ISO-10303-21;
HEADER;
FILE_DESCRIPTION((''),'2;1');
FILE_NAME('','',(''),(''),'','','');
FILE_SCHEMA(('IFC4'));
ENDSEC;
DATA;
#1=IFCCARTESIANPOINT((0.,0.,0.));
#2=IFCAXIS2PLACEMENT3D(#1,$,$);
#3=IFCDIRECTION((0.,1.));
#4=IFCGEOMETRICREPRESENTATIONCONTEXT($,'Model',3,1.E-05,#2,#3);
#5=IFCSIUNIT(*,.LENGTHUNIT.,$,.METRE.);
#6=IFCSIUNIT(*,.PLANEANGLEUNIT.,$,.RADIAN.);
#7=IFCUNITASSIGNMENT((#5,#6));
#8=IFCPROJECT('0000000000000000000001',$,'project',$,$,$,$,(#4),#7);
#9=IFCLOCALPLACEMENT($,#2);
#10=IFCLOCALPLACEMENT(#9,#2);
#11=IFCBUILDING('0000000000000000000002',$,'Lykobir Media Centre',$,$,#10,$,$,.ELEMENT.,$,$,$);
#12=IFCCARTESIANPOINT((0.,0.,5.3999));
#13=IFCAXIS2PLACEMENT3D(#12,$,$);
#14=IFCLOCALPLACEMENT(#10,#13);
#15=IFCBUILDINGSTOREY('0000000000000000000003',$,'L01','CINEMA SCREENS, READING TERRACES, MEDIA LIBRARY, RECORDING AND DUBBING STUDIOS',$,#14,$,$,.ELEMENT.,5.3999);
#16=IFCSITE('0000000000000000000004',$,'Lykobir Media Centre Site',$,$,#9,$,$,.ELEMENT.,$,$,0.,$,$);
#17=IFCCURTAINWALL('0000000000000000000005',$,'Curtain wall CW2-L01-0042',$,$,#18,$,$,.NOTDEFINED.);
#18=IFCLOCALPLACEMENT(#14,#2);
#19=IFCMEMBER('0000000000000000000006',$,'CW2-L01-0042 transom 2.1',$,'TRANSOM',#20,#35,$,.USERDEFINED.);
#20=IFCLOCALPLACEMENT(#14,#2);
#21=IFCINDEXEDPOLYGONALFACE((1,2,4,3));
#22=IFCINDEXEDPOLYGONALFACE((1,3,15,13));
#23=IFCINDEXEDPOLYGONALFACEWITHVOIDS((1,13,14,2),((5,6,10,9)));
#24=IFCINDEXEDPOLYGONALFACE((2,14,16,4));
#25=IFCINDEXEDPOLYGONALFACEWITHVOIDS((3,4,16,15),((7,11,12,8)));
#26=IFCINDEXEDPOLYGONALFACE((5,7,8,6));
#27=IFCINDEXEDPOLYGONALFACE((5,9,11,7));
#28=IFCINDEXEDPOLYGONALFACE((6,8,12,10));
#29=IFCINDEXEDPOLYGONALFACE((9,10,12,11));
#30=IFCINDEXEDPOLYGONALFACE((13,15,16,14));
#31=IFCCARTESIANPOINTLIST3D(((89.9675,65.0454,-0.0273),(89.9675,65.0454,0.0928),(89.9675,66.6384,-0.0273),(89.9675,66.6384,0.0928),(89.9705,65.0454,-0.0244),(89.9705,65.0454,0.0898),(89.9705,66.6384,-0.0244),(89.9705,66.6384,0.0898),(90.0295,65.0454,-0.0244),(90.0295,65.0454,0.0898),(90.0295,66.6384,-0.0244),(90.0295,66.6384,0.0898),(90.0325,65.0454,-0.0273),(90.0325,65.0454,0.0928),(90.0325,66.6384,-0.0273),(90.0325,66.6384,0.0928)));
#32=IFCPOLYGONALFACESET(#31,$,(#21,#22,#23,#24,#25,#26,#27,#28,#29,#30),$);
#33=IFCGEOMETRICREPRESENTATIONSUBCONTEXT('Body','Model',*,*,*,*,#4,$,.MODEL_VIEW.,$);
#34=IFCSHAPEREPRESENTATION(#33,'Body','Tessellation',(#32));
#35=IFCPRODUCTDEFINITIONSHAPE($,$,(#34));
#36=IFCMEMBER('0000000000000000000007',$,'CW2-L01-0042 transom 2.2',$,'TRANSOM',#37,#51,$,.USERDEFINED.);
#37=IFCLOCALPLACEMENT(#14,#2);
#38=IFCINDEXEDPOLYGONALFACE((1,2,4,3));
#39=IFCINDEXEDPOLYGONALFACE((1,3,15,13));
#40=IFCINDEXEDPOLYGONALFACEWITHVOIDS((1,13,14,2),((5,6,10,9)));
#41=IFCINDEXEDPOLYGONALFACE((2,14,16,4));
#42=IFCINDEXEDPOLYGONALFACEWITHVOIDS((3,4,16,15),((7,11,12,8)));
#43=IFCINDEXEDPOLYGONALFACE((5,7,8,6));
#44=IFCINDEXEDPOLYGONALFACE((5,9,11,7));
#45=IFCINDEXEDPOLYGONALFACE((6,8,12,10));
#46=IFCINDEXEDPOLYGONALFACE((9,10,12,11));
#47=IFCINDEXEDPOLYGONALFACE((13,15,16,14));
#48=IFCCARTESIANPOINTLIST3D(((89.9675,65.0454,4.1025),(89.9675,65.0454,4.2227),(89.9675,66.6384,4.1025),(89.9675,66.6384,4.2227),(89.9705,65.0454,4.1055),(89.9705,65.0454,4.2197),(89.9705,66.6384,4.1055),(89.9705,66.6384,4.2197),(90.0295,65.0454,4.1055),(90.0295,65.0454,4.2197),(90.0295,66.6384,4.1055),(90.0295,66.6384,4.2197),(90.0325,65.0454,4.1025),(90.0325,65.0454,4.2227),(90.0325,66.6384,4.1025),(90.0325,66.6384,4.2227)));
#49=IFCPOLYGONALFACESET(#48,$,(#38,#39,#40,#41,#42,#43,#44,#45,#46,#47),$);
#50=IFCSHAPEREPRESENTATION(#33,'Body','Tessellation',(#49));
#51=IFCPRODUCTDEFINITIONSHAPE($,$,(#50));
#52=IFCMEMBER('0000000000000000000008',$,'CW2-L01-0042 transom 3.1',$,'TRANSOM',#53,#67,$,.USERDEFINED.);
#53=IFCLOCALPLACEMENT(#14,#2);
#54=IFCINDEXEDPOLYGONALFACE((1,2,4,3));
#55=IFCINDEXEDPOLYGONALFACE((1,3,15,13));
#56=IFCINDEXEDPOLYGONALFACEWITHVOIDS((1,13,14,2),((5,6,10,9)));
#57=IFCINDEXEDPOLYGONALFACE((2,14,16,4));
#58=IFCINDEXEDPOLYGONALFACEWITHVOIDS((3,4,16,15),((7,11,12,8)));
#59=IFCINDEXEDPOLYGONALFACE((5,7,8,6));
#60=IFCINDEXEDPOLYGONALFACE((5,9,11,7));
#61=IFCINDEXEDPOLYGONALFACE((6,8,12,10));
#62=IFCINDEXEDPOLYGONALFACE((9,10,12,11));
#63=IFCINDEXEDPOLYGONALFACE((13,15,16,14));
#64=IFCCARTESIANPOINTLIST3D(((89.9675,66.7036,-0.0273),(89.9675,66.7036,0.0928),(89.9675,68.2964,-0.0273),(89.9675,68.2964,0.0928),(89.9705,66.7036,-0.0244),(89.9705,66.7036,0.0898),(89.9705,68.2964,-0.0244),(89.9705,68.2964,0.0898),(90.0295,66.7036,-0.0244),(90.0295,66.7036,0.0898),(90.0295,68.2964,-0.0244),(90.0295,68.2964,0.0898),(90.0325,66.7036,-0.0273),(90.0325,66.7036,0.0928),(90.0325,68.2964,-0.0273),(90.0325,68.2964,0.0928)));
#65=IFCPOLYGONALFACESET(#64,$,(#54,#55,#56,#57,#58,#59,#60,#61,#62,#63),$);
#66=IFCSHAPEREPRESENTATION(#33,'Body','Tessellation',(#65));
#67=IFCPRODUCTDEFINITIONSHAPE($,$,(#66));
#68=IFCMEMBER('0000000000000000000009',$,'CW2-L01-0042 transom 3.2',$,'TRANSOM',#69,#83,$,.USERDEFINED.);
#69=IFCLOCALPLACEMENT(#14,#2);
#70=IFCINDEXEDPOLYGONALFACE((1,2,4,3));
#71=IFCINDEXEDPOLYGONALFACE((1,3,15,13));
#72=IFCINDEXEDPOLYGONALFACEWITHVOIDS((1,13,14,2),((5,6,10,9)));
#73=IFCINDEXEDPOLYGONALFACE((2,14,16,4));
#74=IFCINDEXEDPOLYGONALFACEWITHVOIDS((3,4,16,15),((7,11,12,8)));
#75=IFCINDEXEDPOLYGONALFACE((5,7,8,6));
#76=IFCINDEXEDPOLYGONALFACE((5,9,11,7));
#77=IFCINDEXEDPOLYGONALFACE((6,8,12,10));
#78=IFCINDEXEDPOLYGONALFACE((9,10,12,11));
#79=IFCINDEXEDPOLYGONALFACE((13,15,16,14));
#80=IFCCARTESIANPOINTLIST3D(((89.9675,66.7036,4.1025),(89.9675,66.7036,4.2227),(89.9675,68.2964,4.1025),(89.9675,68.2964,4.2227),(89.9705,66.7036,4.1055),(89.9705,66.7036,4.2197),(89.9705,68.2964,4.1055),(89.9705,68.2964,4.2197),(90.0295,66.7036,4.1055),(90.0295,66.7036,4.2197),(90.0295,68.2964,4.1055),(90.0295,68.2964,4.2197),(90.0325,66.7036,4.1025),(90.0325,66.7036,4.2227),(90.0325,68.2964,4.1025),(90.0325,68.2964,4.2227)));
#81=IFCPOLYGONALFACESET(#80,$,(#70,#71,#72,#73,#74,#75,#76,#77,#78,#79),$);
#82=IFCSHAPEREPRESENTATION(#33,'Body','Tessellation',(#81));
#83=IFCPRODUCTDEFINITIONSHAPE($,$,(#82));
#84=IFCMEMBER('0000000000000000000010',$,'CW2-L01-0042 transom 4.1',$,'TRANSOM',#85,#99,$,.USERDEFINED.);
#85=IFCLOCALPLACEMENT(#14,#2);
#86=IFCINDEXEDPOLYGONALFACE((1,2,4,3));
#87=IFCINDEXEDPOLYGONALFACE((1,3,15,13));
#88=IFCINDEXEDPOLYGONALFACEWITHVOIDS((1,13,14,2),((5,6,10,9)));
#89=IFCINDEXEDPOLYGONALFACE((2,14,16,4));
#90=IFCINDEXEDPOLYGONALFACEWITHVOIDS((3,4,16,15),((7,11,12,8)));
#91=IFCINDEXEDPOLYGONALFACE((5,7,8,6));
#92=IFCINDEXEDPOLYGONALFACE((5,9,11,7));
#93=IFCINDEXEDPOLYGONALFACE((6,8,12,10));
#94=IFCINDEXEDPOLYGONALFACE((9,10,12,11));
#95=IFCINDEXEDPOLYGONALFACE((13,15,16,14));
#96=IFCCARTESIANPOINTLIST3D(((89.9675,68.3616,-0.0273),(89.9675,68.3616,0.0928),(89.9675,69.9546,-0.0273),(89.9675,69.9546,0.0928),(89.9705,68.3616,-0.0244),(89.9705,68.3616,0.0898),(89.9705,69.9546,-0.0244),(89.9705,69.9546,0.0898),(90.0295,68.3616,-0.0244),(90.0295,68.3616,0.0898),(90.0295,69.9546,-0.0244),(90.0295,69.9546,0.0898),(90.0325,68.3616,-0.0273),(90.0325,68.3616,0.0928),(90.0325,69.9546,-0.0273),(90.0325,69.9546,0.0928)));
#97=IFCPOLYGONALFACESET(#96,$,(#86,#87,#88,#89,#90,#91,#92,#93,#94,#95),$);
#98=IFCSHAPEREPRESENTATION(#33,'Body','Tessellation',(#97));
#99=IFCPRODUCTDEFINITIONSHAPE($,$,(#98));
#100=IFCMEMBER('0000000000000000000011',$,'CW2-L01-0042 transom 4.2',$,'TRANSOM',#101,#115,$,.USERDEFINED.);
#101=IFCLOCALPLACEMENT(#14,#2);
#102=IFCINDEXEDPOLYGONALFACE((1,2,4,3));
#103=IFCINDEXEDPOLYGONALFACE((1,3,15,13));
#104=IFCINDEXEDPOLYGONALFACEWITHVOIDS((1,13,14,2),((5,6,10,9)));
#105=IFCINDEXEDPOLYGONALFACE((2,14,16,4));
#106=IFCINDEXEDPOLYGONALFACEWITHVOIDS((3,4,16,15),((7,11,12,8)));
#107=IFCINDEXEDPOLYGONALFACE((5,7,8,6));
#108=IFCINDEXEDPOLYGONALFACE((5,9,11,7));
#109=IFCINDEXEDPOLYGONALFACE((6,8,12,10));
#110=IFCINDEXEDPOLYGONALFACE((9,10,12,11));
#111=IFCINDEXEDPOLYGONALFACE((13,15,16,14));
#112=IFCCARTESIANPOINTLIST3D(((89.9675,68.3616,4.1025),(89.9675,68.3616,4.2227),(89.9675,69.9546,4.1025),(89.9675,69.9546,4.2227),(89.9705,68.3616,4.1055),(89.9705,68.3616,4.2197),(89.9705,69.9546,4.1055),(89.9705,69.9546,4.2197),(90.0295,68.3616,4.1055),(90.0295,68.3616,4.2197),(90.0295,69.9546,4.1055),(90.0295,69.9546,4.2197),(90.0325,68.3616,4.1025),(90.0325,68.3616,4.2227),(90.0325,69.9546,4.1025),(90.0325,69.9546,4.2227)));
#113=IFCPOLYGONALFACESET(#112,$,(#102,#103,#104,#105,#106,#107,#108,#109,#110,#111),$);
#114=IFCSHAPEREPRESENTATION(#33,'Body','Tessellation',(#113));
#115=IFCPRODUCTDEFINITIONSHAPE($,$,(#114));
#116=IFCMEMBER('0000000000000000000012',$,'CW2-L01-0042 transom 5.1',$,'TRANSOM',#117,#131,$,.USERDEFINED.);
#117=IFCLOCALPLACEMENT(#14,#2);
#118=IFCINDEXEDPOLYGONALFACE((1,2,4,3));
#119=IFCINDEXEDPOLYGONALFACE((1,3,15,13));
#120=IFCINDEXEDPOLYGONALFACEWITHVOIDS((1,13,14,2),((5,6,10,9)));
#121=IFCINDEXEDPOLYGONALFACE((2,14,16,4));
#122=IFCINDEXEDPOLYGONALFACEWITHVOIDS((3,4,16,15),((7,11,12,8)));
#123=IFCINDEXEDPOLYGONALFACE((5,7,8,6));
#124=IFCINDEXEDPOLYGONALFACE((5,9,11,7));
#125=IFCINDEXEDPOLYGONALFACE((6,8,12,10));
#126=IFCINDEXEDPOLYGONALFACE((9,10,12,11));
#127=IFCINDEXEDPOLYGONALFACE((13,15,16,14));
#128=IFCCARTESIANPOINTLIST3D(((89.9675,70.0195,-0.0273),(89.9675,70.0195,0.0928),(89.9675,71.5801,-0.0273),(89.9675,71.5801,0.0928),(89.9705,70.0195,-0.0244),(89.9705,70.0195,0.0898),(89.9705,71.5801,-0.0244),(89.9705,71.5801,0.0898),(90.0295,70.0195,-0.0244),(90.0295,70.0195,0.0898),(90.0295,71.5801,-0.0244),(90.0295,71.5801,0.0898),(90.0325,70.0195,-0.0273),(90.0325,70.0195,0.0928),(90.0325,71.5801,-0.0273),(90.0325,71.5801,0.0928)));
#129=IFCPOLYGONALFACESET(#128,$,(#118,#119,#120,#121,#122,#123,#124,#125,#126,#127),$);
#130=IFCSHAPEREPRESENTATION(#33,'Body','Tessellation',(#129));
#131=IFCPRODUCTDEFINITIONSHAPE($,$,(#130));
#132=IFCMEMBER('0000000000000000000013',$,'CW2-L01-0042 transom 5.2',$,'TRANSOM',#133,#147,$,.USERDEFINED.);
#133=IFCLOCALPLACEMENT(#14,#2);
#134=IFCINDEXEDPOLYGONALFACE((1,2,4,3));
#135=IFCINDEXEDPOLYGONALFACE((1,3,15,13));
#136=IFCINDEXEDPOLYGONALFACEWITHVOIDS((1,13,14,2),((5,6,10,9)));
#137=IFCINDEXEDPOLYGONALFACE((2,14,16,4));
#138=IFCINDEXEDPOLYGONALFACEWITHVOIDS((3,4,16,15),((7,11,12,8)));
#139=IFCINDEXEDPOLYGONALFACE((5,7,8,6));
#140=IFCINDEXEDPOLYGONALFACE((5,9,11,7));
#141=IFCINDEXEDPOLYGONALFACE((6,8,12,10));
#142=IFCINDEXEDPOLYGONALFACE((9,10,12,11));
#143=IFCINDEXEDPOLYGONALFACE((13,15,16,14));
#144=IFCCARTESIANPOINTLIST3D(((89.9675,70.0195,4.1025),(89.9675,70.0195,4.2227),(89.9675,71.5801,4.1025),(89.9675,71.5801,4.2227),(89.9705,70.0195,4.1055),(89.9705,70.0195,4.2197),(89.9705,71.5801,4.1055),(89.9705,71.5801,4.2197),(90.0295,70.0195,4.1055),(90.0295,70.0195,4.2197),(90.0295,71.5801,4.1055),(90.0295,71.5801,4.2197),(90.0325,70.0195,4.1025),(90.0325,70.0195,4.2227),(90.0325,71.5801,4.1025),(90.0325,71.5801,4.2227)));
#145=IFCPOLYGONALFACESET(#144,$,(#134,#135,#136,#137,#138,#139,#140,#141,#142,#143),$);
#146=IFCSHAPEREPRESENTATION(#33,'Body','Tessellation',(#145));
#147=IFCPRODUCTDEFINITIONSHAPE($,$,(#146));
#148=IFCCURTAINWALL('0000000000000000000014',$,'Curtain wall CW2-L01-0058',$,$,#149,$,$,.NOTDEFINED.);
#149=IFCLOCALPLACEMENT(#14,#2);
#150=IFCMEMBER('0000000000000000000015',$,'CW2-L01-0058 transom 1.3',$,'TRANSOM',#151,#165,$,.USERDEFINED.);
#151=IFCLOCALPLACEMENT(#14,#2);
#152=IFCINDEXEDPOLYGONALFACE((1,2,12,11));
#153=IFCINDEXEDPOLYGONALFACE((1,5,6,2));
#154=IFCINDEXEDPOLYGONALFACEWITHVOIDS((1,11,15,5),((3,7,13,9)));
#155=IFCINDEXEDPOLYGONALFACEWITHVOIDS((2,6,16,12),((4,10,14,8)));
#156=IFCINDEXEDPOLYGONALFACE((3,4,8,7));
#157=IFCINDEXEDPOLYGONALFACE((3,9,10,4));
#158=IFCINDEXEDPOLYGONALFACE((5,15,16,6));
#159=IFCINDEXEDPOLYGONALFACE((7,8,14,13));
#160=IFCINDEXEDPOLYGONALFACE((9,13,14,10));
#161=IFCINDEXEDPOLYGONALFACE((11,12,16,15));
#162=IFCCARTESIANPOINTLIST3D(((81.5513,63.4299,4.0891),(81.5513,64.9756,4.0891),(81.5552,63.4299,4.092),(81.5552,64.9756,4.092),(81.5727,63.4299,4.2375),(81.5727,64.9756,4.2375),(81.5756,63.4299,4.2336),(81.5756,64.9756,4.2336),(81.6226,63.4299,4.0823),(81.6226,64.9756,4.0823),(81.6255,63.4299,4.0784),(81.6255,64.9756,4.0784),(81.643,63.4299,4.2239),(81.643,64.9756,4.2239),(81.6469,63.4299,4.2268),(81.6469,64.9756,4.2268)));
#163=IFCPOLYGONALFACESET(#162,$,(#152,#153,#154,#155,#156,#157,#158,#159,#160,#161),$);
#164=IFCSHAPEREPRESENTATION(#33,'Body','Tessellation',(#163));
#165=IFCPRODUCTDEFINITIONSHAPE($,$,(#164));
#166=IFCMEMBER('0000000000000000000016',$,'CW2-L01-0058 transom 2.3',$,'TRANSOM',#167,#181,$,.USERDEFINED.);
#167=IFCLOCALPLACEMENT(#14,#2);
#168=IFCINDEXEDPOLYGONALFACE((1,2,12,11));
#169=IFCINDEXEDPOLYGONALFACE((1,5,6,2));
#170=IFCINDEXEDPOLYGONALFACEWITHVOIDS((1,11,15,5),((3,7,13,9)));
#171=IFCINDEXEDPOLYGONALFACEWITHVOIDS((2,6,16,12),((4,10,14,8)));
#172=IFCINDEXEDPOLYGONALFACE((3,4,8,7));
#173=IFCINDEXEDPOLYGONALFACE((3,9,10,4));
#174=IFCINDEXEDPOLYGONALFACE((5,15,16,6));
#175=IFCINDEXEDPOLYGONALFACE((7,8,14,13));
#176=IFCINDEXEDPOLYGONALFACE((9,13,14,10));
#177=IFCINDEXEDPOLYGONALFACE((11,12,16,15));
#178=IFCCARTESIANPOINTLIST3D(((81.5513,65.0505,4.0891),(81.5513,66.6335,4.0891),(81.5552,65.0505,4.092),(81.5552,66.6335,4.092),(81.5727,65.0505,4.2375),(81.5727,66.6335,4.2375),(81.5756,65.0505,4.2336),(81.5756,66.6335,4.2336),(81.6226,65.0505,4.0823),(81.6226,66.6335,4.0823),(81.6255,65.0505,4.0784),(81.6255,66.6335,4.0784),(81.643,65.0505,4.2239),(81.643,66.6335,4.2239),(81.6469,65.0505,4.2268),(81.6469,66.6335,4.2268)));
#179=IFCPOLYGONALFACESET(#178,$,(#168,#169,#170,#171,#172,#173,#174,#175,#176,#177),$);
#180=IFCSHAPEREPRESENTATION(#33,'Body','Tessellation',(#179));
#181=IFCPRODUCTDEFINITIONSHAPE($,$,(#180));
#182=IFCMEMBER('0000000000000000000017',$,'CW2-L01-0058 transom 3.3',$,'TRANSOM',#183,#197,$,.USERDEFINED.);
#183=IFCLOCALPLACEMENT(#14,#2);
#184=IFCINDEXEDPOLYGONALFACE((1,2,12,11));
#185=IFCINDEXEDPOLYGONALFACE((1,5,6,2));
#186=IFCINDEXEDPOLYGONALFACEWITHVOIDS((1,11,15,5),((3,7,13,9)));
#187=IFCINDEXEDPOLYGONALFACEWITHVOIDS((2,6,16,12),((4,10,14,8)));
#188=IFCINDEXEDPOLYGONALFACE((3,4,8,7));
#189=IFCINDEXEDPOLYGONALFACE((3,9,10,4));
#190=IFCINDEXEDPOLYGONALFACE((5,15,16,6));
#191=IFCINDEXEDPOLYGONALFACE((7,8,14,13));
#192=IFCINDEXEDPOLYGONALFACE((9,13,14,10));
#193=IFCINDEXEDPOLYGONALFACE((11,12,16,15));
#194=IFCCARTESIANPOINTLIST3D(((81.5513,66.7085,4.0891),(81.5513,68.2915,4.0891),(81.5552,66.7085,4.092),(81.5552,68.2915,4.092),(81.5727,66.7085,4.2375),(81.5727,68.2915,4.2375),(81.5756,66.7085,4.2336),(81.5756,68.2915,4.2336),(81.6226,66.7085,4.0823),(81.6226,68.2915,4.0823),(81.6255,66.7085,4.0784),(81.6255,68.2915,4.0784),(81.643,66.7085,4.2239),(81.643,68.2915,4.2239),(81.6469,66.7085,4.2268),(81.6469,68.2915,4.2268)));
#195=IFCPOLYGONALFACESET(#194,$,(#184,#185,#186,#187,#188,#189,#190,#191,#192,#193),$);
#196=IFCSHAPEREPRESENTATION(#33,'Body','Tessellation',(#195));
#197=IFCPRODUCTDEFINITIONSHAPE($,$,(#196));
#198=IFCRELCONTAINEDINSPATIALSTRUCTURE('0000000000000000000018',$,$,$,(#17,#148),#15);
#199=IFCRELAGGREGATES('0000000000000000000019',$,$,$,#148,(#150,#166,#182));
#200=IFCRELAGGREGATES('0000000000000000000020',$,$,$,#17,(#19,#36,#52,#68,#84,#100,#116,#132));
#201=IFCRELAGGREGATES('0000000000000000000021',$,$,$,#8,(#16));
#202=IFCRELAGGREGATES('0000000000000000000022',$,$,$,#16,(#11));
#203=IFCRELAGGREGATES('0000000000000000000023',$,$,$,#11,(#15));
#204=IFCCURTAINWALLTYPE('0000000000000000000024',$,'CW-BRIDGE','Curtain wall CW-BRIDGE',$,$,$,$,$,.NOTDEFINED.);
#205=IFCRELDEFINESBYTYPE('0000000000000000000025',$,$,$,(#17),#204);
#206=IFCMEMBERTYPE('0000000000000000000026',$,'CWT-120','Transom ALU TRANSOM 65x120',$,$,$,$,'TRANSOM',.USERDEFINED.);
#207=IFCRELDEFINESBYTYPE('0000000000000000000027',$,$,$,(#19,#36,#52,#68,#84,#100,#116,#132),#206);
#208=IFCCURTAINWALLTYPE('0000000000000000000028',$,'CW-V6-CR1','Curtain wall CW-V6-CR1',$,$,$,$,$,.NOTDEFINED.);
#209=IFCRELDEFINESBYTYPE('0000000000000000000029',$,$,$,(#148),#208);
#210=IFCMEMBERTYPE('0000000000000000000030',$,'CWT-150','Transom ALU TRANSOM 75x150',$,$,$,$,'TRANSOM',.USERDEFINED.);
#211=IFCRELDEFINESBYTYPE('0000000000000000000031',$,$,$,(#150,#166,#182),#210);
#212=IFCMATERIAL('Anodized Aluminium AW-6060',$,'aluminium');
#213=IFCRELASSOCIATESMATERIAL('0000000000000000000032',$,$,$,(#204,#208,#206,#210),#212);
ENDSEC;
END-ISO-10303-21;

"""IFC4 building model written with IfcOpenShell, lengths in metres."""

from ifc_helpers import new_model, si_unit, direction, frame, origin, origin_2d, place, context, subcontext, project, spatial, hollow_rectangle, extrude, material, material_profile, profile_set, type_object, element, aggregate, save


model = new_model("IFC4")

# Units and contexts
model_context = context("Model", 3, precision=1e-05, world=origin(), true_north=direction((0.0, 1.0)))
body_context = subcontext(model_context, "Body", "Model", "MODEL_VIEW")
ifc_project = project(units=[si_unit("LENGTHUNIT", "METRE"), si_unit("PLANEANGLEUNIT", "RADIAN")], contexts=[model_context])

# Site, building, storey
site_placement = place(None, origin())
site = spatial("IfcSite", under=ifc_project, at=site_placement, Name="Lykobir Media Centre Site", CompositionType="ELEMENT", RefElevation=0.0)
building_placement = place(site_placement, origin())
building = spatial("IfcBuilding", under=site, at=building_placement, Name="Lykobir Media Centre", CompositionType="ELEMENT")
storey_placement = place(building_placement, frame((0.0, 0.0, 5.3999)))
storey = spatial("IfcBuildingStorey", under=building, at=storey_placement, Name="L01", Description="CINEMA SCREENS, READING TERRACES, MEDIA LIBRARY, RECORDING AND DUBBING STUDIOS", CompositionType="ELEMENT", Elevation=5.3999)

# Shared definitions
ifc_material_1 = material(Name="Anodized Aluminium AW-6060", Category="aluminium")
curtain_wall_type_1 = type_object("IfcCurtainWallType", Name="CW-BRIDGE", Description="Curtain wall CW-BRIDGE", PredefinedType="NOTDEFINED", material=ifc_material_1)

# Curtain walls, members
curtain_wall_1_placement = place(storey_placement, origin())
curtain_wall_1 = element("IfcCurtainWall", 1, at=curtain_wall_1_placement, inside=storey, type_object=curtain_wall_type_1, Name="Curtain wall CW2-L01-0042", PredefinedType="NOTDEFINED")
ifc_material_profile_1 = material_profile(ifc_material_1, hollow_rectangle(XDim=0.0649, YDim=0.1201, WallThickness=0.0029, at=origin_2d()), Name="ALU TRANSOM 65x120")
ifc_profile_set_1 = profile_set([ifc_material_profile_1], Name="Anodized Aluminium AW-6060")
member_type_1 = type_object("IfcMemberType", Name="CWT-120", Description="Transom ALU TRANSOM 65x120", ElementType="TRANSOM", PredefinedType="USERDEFINED", material=ifc_profile_set_1)
member_1_placement = place(storey_placement, frame((90.0, 65.0454, 0.0327), z_axis=(0.0, 1.0, 0.0), x_axis=(-1.0, 0.0, 0.0)))
member_1 = element("IfcMember", 2, at=member_1_placement, type_object=member_type_1, Name="CW2-L01-0042 transom 2.1", ObjectType="TRANSOM", PredefinedType="USERDEFINED", context=body_context, shape_type="SweptSolid", body=[
    extrude(hollow_rectangle(XDim=0.0649, YDim=0.1201, WallThickness=0.0029, at=origin_2d()), origin(), (0.0, 0.0, 1.0), 1.593),
])
member_2_placement = place(storey_placement, frame((90.0, 65.0454, 4.1626), z_axis=(0.0, 1.0, 0.0), x_axis=(-1.0, 0.0, 0.0)))
member_2 = element("IfcMember", 3, at=member_2_placement, type_object=member_type_1, Name="CW2-L01-0042 transom 2.2", ObjectType="TRANSOM", PredefinedType="USERDEFINED", context=body_context, shape_type="SweptSolid", body=[
    extrude(hollow_rectangle(XDim=0.0649, YDim=0.1201, WallThickness=0.0029, at=origin_2d()), origin(), (0.0, 0.0, 1.0), 1.593),
])
member_3_placement = place(storey_placement, frame((90.0, 66.7036, 0.0327), z_axis=(0.0, 1.0, 0.0), x_axis=(-1.0, 0.0, 0.0)))
member_3 = element("IfcMember", 4, at=member_3_placement, type_object=member_type_1, Name="CW2-L01-0042 transom 3.1", ObjectType="TRANSOM", PredefinedType="USERDEFINED", context=body_context, shape_type="SweptSolid", body=[
    extrude(hollow_rectangle(XDim=0.0649, YDim=0.1201, WallThickness=0.0029, at=origin_2d()), origin(), (0.0, 0.0, 1.0), 1.5928),
])
member_4_placement = place(storey_placement, frame((90.0, 66.7036, 4.1626), z_axis=(0.0, 1.0, 0.0), x_axis=(-1.0, 0.0, 0.0)))
member_4 = element("IfcMember", 5, at=member_4_placement, type_object=member_type_1, Name="CW2-L01-0042 transom 3.2", ObjectType="TRANSOM", PredefinedType="USERDEFINED", context=body_context, shape_type="SweptSolid", body=[
    extrude(hollow_rectangle(XDim=0.0649, YDim=0.1201, WallThickness=0.0029, at=origin_2d()), origin(), (0.0, 0.0, 1.0), 1.5928),
])
member_5_placement = place(storey_placement, frame((90.0, 68.3616, 0.0327), z_axis=(0.0, 1.0, 0.0), x_axis=(-1.0, 0.0, 0.0)))
member_5 = element("IfcMember", 6, at=member_5_placement, type_object=member_type_1, Name="CW2-L01-0042 transom 4.1", ObjectType="TRANSOM", PredefinedType="USERDEFINED", context=body_context, shape_type="SweptSolid", body=[
    extrude(hollow_rectangle(XDim=0.0649, YDim=0.1201, WallThickness=0.0029, at=origin_2d()), origin(), (0.0, 0.0, 1.0), 1.593),
])
member_6_placement = place(storey_placement, frame((90.0, 68.3616, 4.1626), z_axis=(0.0, 1.0, 0.0), x_axis=(-1.0, 0.0, 0.0)))
member_6 = element("IfcMember", 7, at=member_6_placement, type_object=member_type_1, Name="CW2-L01-0042 transom 4.2", ObjectType="TRANSOM", PredefinedType="USERDEFINED", context=body_context, shape_type="SweptSolid", body=[
    extrude(hollow_rectangle(XDim=0.0649, YDim=0.1201, WallThickness=0.0029, at=origin_2d()), origin(), (0.0, 0.0, 1.0), 1.593),
])
member_7_placement = place(storey_placement, frame((90.0, 70.0195, 0.0327), z_axis=(0.0, 1.0, 0.0), x_axis=(-1.0, 0.0, 0.0)))
member_7 = element("IfcMember", 8, at=member_7_placement, type_object=member_type_1, Name="CW2-L01-0042 transom 5.1", ObjectType="TRANSOM", PredefinedType="USERDEFINED", context=body_context, shape_type="SweptSolid", body=[
    extrude(hollow_rectangle(XDim=0.0649, YDim=0.1201, WallThickness=0.0029, at=origin_2d()), origin(), (0.0, 0.0, 1.0), 1.5605),
])
member_8_placement = place(storey_placement, frame((90.0, 70.0195, 4.1626), z_axis=(0.0, 1.0, 0.0), x_axis=(-1.0, 0.0, 0.0)))
member_8 = element("IfcMember", 9, at=member_8_placement, type_object=member_type_1, Name="CW2-L01-0042 transom 5.2", ObjectType="TRANSOM", PredefinedType="USERDEFINED", context=body_context, shape_type="SweptSolid", body=[
    extrude(hollow_rectangle(XDim=0.0649, YDim=0.1201, WallThickness=0.0029, at=origin_2d()), origin(), (0.0, 0.0, 1.0), 1.5605),
])
curtain_wall_type_2 = type_object("IfcCurtainWallType", Name="CW-V6-CR1", Description="Curtain wall CW-V6-CR1", PredefinedType="NOTDEFINED", material=ifc_material_1)
curtain_wall_2_placement = place(storey_placement, origin())
curtain_wall_2 = element("IfcCurtainWall", 10, at=curtain_wall_2_placement, inside=storey, type_object=curtain_wall_type_2, Name="Curtain wall CW2-L01-0058", PredefinedType="NOTDEFINED")
ifc_material_profile_2 = material_profile(ifc_material_1, hollow_rectangle(XDim=0.075, YDim=0.1499, WallThickness=0.0034, at=origin_2d()), Name="ALU TRANSOM 75x150")
ifc_profile_set_2 = profile_set([ifc_material_profile_2], Name="Anodized Aluminium AW-6060")
member_type_2 = type_object("IfcMemberType", Name="CWT-150", Description="Transom ALU TRANSOM 75x150", ElementType="TRANSOM", PredefinedType="USERDEFINED", material=ifc_profile_set_2)
member_9_placement = place(storey_placement, frame((81.5991, 63.4299, 4.158), z_axis=(0.0, 1.0, 0.0), x_axis=(-0.989776, 0.0, 0.142629)))
member_9 = element("IfcMember", 11, at=member_9_placement, type_object=member_type_2, Name="CW2-L01-0058 transom 1.3", ObjectType="TRANSOM", PredefinedType="USERDEFINED", context=body_context, shape_type="SweptSolid", body=[
    extrude(hollow_rectangle(XDim=0.075, YDim=0.1499, WallThickness=0.0034, at=origin_2d()), origin(), (0.0, 0.0, 1.0), 1.5457),
])
member_10_placement = place(storey_placement, frame((81.5991, 65.0505, 4.158), z_axis=(0.0, 1.0, 0.0), x_axis=(-0.989776, 0.0, 0.142629)))
member_10 = element("IfcMember", 12, at=member_10_placement, type_object=member_type_2, Name="CW2-L01-0058 transom 2.3", ObjectType="TRANSOM", PredefinedType="USERDEFINED", context=body_context, shape_type="SweptSolid", body=[
    extrude(hollow_rectangle(XDim=0.075, YDim=0.1499, WallThickness=0.0034, at=origin_2d()), origin(), (0.0, 0.0, 1.0), 1.583),
])
member_11_placement = place(storey_placement, frame((81.5991, 66.7085, 4.158), z_axis=(0.0, 1.0, 0.0), x_axis=(-0.989776, 0.0, 0.142629)))
member_11 = element("IfcMember", 13, at=member_11_placement, type_object=member_type_2, Name="CW2-L01-0058 transom 3.3", ObjectType="TRANSOM", PredefinedType="USERDEFINED", context=body_context, shape_type="SweptSolid", body=[
    extrude(hollow_rectangle(XDim=0.075, YDim=0.1499, WallThickness=0.0034, at=origin_2d()), origin(), (0.0, 0.0, 1.0), 1.583),
])
aggregate(curtain_wall_2, [member_9, member_10, member_11])

aggregate(curtain_wall_1, [member_1, member_2, member_3, member_4, member_5, member_6, member_7, member_8])

save(model, "model.ifc")
